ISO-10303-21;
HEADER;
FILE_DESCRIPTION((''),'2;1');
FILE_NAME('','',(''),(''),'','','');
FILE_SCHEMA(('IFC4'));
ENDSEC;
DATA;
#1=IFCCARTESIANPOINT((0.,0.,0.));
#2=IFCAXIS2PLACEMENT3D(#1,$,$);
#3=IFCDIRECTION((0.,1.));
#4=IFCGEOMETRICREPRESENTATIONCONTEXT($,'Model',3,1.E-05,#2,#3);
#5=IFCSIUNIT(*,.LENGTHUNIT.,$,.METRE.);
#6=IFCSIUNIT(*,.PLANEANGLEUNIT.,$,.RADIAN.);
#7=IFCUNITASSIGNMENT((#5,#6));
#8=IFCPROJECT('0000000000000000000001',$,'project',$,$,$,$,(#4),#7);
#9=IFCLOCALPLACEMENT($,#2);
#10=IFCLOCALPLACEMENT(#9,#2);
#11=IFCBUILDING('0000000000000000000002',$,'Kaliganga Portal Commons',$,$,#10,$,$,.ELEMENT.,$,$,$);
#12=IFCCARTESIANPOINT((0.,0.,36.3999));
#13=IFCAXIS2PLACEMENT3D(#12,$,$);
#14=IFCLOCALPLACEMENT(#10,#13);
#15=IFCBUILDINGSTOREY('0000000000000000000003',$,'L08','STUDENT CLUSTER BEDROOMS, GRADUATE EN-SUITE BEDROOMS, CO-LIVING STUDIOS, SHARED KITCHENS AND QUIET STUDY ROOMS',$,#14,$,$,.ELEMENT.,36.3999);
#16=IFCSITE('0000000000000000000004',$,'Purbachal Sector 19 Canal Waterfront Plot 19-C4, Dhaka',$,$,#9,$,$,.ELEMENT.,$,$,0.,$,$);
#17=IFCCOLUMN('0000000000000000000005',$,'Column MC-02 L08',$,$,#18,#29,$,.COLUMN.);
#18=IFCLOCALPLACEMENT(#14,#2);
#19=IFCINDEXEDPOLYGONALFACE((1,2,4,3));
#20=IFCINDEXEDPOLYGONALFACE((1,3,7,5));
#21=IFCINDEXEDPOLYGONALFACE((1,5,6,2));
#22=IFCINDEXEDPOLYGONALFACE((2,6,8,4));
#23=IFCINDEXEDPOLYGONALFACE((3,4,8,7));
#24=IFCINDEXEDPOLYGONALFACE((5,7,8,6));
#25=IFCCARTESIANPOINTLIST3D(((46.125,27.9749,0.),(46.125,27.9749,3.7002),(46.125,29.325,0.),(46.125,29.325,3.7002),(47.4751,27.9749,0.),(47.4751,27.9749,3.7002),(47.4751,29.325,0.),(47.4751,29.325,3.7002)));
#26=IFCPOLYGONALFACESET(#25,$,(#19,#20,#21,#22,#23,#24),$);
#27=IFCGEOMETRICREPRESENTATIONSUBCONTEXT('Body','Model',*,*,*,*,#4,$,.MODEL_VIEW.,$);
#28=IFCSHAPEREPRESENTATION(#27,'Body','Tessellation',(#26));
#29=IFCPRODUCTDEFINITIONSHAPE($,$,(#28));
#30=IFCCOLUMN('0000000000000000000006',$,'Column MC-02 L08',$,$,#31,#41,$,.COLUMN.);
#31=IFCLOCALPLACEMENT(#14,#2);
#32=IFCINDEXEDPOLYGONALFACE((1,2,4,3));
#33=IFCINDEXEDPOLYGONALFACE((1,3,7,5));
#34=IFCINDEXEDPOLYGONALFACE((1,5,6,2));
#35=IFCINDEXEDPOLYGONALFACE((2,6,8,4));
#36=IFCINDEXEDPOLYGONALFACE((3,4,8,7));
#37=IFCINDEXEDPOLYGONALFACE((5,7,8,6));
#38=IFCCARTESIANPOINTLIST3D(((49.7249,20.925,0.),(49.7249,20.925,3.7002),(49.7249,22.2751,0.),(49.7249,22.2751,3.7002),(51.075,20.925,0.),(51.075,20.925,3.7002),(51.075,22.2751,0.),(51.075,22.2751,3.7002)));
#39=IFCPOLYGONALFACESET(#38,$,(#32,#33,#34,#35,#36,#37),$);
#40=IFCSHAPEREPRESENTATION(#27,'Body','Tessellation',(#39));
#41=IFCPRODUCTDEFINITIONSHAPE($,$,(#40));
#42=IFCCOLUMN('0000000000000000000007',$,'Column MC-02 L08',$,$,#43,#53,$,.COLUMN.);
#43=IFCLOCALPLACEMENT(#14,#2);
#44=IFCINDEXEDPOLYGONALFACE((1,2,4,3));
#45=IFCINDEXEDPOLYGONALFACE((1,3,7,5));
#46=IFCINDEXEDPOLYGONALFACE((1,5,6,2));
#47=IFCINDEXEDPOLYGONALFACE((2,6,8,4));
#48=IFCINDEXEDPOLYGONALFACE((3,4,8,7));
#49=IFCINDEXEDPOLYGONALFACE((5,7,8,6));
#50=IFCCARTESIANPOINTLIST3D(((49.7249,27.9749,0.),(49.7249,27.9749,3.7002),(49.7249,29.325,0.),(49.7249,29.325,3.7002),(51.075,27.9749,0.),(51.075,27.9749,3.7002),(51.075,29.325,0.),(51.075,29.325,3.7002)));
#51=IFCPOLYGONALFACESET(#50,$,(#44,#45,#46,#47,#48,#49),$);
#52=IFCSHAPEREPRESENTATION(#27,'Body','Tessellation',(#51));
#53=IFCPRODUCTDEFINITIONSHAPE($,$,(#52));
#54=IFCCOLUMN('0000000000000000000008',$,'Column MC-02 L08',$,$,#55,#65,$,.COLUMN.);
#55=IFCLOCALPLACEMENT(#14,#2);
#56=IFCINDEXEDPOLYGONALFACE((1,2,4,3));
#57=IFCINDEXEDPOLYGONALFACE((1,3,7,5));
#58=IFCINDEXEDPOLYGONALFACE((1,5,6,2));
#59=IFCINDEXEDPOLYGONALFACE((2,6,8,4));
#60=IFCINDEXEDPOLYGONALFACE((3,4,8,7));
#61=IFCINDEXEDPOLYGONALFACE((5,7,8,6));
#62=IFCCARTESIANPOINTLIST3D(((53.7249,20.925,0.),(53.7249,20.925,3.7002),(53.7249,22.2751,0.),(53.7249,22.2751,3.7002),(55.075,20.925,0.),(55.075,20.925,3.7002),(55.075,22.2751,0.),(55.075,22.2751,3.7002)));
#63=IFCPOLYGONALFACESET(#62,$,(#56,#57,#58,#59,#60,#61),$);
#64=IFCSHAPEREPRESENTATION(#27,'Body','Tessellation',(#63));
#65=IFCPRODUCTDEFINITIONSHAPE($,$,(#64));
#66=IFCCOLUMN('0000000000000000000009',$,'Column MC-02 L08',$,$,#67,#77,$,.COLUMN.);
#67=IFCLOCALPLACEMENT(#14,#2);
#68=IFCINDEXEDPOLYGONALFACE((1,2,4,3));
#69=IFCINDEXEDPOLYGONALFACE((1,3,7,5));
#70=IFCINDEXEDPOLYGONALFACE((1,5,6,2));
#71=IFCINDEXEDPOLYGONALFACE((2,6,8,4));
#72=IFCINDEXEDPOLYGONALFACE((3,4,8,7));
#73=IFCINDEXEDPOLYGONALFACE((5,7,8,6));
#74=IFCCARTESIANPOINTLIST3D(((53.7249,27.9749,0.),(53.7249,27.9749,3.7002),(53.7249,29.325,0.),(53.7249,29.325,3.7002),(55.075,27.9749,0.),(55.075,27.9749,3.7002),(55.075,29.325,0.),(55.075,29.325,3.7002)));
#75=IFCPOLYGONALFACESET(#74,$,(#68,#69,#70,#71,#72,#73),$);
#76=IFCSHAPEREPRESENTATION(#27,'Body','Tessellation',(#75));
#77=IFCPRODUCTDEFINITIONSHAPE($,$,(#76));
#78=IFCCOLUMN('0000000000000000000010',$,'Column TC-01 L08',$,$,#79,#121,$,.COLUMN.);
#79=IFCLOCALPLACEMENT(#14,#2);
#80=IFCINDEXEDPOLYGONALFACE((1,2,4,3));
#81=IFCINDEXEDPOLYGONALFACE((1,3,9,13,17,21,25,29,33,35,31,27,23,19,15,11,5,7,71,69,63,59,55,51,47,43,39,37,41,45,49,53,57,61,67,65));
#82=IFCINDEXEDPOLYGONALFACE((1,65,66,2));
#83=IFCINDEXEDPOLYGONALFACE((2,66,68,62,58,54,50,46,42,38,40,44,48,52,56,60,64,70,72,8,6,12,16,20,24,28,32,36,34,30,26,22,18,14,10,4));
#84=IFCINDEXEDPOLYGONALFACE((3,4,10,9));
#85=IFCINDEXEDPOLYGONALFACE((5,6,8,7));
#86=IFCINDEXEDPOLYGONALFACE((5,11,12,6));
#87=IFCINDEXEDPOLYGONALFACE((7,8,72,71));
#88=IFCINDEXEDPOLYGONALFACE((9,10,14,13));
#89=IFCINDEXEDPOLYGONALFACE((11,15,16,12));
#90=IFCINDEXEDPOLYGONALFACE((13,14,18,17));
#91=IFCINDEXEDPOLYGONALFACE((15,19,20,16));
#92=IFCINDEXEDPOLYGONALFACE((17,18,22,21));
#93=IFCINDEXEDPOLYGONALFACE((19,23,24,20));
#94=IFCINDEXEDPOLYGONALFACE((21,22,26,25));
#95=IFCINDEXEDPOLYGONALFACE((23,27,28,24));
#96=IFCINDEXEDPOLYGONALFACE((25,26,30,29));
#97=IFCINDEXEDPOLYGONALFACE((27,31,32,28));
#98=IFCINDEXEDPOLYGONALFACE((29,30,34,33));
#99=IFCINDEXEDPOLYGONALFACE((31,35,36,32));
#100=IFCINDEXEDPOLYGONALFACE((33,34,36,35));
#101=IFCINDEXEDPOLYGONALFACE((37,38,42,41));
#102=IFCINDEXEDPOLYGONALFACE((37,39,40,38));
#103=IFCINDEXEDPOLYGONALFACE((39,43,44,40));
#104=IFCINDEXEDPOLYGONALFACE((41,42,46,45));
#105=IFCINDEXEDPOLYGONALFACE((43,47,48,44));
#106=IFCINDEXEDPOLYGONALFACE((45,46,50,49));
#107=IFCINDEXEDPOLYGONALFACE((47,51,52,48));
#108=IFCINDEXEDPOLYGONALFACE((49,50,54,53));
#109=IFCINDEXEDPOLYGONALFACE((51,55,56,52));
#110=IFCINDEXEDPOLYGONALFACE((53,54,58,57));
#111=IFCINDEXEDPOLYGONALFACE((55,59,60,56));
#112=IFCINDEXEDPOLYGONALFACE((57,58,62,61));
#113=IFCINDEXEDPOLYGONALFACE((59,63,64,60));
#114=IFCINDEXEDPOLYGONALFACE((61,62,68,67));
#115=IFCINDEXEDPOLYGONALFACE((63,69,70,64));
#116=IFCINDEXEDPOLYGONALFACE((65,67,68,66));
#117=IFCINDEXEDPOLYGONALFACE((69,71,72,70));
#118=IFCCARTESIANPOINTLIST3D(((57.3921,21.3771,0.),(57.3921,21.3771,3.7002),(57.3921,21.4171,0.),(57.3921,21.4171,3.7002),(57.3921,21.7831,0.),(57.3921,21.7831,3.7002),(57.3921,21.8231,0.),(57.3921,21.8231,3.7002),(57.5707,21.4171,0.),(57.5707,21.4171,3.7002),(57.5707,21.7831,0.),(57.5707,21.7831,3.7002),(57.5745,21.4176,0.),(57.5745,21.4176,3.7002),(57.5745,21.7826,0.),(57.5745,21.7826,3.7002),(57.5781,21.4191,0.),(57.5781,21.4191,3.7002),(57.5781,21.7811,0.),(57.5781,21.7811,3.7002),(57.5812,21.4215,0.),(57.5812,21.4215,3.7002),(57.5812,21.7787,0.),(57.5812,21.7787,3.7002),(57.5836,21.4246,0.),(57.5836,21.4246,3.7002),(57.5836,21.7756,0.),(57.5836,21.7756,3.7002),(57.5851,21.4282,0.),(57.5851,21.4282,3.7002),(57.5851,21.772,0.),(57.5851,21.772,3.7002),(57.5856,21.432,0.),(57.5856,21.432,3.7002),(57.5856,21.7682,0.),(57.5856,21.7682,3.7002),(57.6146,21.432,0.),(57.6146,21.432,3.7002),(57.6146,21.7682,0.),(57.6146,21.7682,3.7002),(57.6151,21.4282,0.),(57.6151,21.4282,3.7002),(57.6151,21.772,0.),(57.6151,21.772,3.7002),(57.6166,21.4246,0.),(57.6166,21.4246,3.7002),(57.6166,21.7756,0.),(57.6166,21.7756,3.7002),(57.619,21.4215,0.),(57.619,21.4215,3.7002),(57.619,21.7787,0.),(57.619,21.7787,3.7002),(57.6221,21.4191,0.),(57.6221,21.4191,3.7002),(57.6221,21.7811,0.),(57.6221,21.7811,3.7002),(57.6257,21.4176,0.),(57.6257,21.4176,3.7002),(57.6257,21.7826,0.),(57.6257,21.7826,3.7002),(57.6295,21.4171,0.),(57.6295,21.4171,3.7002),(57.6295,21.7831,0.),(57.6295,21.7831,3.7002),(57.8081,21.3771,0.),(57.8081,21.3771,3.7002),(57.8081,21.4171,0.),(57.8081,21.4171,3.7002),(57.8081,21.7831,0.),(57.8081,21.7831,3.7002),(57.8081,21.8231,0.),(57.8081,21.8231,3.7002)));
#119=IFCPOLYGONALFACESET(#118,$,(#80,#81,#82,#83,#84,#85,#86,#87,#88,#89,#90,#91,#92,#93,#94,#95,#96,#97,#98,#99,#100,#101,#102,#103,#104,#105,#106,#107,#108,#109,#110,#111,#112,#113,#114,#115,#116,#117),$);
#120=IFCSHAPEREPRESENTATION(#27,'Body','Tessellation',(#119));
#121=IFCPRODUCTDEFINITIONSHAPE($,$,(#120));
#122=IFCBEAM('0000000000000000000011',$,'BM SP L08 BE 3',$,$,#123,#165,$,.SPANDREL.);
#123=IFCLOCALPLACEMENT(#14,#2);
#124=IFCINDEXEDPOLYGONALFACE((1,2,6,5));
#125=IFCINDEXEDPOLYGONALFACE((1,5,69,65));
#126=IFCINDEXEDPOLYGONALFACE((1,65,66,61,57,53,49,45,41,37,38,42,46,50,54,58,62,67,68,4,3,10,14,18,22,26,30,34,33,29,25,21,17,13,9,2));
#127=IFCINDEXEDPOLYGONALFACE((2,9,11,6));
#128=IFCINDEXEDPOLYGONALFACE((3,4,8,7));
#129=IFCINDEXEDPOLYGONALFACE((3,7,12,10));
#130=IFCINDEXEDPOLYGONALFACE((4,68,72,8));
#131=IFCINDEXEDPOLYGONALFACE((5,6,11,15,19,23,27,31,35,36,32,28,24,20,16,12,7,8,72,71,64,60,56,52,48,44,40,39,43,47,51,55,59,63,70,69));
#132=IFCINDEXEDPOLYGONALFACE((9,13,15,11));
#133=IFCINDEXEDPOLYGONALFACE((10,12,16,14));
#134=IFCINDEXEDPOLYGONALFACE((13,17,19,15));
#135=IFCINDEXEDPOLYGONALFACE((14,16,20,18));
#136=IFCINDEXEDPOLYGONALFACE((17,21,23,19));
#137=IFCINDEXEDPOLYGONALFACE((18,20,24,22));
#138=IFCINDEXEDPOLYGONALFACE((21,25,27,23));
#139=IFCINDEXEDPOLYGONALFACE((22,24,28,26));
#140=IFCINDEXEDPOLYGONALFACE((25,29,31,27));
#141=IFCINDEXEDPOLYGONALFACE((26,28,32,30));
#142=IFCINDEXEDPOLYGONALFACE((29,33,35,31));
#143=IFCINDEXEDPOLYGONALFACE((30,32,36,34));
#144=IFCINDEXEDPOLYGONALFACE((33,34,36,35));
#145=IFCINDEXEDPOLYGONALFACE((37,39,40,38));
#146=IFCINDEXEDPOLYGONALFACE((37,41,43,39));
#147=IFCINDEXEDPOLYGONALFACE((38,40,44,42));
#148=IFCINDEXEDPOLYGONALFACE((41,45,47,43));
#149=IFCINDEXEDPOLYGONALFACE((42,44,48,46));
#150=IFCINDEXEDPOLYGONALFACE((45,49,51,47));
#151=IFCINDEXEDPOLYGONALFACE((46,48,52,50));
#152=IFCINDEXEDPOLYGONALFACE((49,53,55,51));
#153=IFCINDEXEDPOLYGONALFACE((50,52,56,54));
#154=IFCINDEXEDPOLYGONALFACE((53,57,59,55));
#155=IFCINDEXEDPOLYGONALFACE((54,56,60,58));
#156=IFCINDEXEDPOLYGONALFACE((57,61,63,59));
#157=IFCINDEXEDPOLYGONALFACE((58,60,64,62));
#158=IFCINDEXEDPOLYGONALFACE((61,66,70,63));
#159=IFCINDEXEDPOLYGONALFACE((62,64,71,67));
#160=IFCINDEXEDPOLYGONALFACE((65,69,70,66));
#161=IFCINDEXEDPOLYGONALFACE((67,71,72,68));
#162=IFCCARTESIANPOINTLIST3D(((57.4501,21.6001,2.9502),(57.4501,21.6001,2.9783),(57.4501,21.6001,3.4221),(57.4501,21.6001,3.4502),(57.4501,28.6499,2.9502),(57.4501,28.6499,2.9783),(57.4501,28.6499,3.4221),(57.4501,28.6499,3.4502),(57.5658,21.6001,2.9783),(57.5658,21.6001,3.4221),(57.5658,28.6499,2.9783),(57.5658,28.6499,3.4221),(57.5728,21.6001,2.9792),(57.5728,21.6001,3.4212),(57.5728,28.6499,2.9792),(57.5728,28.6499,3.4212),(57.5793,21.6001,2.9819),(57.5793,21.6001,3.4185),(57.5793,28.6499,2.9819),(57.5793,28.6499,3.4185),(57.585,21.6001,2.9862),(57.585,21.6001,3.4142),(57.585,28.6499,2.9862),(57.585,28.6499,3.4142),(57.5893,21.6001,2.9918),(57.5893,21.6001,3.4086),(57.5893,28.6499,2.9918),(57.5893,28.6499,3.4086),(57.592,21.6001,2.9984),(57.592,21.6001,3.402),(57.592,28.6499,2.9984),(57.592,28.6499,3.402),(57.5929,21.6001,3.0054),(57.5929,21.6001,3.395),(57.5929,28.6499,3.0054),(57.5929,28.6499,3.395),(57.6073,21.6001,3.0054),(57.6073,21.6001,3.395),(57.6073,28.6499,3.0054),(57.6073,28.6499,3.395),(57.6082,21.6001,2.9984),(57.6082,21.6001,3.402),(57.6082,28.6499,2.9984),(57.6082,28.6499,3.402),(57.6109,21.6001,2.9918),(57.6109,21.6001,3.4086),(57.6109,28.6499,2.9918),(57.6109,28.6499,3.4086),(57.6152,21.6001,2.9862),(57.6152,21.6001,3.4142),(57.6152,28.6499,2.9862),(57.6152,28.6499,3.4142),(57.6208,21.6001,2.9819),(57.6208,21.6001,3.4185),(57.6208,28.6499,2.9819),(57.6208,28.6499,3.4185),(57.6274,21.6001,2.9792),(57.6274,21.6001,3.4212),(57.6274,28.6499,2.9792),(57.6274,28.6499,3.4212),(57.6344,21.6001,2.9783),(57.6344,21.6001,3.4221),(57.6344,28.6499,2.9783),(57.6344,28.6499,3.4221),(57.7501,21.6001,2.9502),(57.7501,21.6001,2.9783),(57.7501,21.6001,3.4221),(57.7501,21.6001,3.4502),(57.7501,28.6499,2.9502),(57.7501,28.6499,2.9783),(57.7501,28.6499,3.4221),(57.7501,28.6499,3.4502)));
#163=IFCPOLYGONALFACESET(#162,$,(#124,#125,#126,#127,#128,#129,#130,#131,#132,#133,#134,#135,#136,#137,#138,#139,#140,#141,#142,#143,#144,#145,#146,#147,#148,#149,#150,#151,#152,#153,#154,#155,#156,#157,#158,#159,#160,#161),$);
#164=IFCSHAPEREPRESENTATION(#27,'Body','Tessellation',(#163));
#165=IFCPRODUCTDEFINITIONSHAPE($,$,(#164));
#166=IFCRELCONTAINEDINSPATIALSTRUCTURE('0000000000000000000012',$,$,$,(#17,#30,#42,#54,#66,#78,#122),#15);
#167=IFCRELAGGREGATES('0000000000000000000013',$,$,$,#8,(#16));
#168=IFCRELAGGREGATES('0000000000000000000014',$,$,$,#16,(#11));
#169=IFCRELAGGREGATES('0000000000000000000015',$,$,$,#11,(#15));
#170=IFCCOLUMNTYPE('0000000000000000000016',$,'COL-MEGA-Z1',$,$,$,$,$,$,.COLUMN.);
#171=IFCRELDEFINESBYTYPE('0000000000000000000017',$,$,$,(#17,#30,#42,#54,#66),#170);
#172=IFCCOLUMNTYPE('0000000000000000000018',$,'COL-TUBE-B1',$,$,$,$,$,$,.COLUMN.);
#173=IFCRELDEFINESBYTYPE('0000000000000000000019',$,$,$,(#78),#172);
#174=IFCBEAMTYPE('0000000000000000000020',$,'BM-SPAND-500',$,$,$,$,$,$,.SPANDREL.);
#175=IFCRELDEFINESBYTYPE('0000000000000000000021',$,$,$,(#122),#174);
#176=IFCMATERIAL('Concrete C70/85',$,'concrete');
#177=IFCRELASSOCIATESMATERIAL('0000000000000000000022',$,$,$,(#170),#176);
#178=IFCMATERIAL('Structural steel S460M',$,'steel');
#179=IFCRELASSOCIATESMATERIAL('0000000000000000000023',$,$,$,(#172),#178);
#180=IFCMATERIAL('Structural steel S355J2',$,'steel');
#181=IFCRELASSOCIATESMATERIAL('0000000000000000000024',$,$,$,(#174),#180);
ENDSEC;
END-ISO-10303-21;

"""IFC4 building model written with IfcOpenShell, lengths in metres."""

from ifc_helpers import new_model, si_unit, direction, frame, origin, origin_2d, place, context, subcontext, project, spatial, rectangle, i_section, extrude, source, transform, mapped, material, material_profile, profile_set, type_object, element, save


model = new_model("IFC4")

# Units and contexts
model_context = context("Model", 3, precision=1e-05, world=origin(), true_north=direction((0.0, 1.0)))
body_context = subcontext(model_context, "Body", "Model", "MODEL_VIEW")
ifc_project = project(units=[si_unit("LENGTHUNIT", "METRE"), si_unit("PLANEANGLEUNIT", "RADIAN")], contexts=[model_context])

# Site, building, storey
site_placement = place(None, origin())
site = spatial("IfcSite", under=ifc_project, at=site_placement, Name="Purbachal Sector 19 Canal Waterfront Plot 19-C4, Dhaka", CompositionType="ELEMENT", RefElevation=0.0)
building_placement = place(site_placement, origin())
building = spatial("IfcBuilding", under=site, at=building_placement, Name="Kaliganga Portal Commons", CompositionType="ELEMENT")
storey_placement = place(building_placement, frame((0.0, 0.0, 36.3999)))
storey = spatial("IfcBuildingStorey", under=building, at=storey_placement, Name="L08", Description="STUDENT CLUSTER BEDROOMS, GRADUATE EN-SUITE BEDROOMS, CO-LIVING STUDIOS, SHARED KITCHENS AND QUIET STUDY ROOMS", CompositionType="ELEMENT", Elevation=36.3999)

# Columns
ifc_material_1 = material(Name="Concrete C70/85", Category="concrete")
ifc_material_profile_1 = material_profile(ifc_material_1, rectangle(XDim=1.3501, YDim=1.3501, at=origin_2d()), Name="RC 1350x1350")
ifc_profile_set_1 = profile_set([ifc_material_profile_1], Name="Concrete C70/85")
column_type_1 = type_object("IfcColumnType", Name="COL-MEGA-Z1", PredefinedType="COLUMN", material=ifc_profile_set_1)
shared_shape_1 = source(origin(), body_context, "Body", "SweptSolid", [
    extrude(rectangle(XDim=1.3501, YDim=1.3501, at=origin_2d()), origin(), (0.0, 0.0, 1.0), 3.7002),
])
for number, where, z_axis, x_axis, name in (
    (1, (46.8, 28.6499, 0.0), (0.0, 0.0, 1.0), (1.0, 0.0, 0.0), "Column MC-02 L08"),
    (2, (50.3999, 21.6001, 0.0), (0.0, 0.0, 1.0), (1.0, 0.0, 0.0), "Column MC-02 L08"),
    (3, (50.3999, 28.6499, 0.0), (0.0, 0.0, 1.0), (1.0, 0.0, 0.0), "Column MC-02 L08"),
    (4, (54.3999, 21.6001, 0.0), (0.0, 0.0, 1.0), (1.0, 0.0, 0.0), "Column MC-02 L08"),
    (5, (54.3999, 28.6499, 0.0), (0.0, 0.0, 1.0), (1.0, 0.0, 0.0), "Column MC-02 L08"),
):
    element("IfcColumn", number, at=place(storey_placement, frame(where, z_axis=z_axis, x_axis=x_axis)), inside=storey, type_object=column_type_1, Name=name, PredefinedType="COLUMN", context=body_context, shape_type="MappedRepresentation", body=[
        mapped(shared_shape_1, transform((0.0, 0.0, 0.0), x_axis=(1.0, 0.0, 0.0), y_axis=(0.0, 1.0, 0.0), z_axis=(0.0, 0.0, 1.0), scale=1.0)),
    ])
ifc_material_2 = material(Name="Structural steel S460M", Category="steel")
ifc_material_profile_2 = material_profile(ifc_material_2, i_section(OverallWidth=0.416, OverallDepth=0.446, WebThickness=0.0291, FlangeThickness=0.04, FilletRadius=0.0149, at=origin_2d()), Name="HD 400x509")
ifc_profile_set_2 = profile_set([ifc_material_profile_2], Name="Structural steel S460M wide-flange")
column_type_2 = type_object("IfcColumnType", Name="COL-TUBE-B1", PredefinedType="COLUMN", material=ifc_profile_set_2)
shared_shape_2 = source(origin(), body_context, "Body", "SweptSolid", [
    extrude(i_section(OverallWidth=0.416, OverallDepth=0.446, WebThickness=0.0291, FlangeThickness=0.04, FilletRadius=0.0149, at=origin_2d()), origin(), (0.0, 0.0, 1.0), 3.7002),
])
column_placement = place(storey_placement, frame((57.6001, 21.6001, 0.0), z_axis=(0.0, 0.0, 1.0), x_axis=(1.0, 0.0, 0.0)))
element("IfcColumn", 6, at=column_placement, inside=storey, type_object=column_type_2, Name="Column TC-01 L08", PredefinedType="COLUMN", context=body_context, shape_type="MappedRepresentation", body=[
    mapped(shared_shape_2, transform((0.0, 0.0, 0.0), x_axis=(1.0, 0.0, 0.0), y_axis=(0.0, 1.0, 0.0), z_axis=(0.0, 0.0, 1.0), scale=1.0)),
])

# Beam
ifc_material_3 = material(Name="Structural steel S355J2", Category="steel")
ifc_material_profile_3 = material_profile(ifc_material_3, i_section(OverallWidth=0.3, OverallDepth=0.5, WebThickness=0.0144, FlangeThickness=0.0281, FilletRadius=0.0271, at=origin_2d()), Name="HE 500 B")
ifc_profile_set_3 = profile_set([ifc_material_profile_3], Name="Structural steel S355J2 wide-flange")
beam_type_1 = type_object("IfcBeamType", Name="BM-SPAND-500", PredefinedType="SPANDREL", material=ifc_profile_set_3)
shared_shape_3 = source(origin(), body_context, "Body", "SweptSolid", [
    extrude(i_section(OverallWidth=0.3, OverallDepth=0.5, WebThickness=0.0144, FlangeThickness=0.0281, FilletRadius=0.0271, at=origin_2d()), origin(), (0.0, 0.0, 1.0), 7.0498),
])
beam_1_placement = place(storey_placement, frame((57.6001, 21.6001, 3.2002), z_axis=(0.0, 1.0, 0.0), x_axis=(-1.0, 0.0, 0.0)))
element("IfcBeam", 7, at=beam_1_placement, inside=storey, type_object=beam_type_1, Name="BM SP L08 BE 3", PredefinedType="SPANDREL", context=body_context, shape_type="MappedRepresentation", body=[
    mapped(shared_shape_3, transform((0.0, 0.0, 0.0), x_axis=(1.0, 0.0, 0.0), y_axis=(0.0, 1.0, 0.0), z_axis=(0.0, 0.0, 1.0), scale=1.0)),
])

save(model, "model.ifc")
